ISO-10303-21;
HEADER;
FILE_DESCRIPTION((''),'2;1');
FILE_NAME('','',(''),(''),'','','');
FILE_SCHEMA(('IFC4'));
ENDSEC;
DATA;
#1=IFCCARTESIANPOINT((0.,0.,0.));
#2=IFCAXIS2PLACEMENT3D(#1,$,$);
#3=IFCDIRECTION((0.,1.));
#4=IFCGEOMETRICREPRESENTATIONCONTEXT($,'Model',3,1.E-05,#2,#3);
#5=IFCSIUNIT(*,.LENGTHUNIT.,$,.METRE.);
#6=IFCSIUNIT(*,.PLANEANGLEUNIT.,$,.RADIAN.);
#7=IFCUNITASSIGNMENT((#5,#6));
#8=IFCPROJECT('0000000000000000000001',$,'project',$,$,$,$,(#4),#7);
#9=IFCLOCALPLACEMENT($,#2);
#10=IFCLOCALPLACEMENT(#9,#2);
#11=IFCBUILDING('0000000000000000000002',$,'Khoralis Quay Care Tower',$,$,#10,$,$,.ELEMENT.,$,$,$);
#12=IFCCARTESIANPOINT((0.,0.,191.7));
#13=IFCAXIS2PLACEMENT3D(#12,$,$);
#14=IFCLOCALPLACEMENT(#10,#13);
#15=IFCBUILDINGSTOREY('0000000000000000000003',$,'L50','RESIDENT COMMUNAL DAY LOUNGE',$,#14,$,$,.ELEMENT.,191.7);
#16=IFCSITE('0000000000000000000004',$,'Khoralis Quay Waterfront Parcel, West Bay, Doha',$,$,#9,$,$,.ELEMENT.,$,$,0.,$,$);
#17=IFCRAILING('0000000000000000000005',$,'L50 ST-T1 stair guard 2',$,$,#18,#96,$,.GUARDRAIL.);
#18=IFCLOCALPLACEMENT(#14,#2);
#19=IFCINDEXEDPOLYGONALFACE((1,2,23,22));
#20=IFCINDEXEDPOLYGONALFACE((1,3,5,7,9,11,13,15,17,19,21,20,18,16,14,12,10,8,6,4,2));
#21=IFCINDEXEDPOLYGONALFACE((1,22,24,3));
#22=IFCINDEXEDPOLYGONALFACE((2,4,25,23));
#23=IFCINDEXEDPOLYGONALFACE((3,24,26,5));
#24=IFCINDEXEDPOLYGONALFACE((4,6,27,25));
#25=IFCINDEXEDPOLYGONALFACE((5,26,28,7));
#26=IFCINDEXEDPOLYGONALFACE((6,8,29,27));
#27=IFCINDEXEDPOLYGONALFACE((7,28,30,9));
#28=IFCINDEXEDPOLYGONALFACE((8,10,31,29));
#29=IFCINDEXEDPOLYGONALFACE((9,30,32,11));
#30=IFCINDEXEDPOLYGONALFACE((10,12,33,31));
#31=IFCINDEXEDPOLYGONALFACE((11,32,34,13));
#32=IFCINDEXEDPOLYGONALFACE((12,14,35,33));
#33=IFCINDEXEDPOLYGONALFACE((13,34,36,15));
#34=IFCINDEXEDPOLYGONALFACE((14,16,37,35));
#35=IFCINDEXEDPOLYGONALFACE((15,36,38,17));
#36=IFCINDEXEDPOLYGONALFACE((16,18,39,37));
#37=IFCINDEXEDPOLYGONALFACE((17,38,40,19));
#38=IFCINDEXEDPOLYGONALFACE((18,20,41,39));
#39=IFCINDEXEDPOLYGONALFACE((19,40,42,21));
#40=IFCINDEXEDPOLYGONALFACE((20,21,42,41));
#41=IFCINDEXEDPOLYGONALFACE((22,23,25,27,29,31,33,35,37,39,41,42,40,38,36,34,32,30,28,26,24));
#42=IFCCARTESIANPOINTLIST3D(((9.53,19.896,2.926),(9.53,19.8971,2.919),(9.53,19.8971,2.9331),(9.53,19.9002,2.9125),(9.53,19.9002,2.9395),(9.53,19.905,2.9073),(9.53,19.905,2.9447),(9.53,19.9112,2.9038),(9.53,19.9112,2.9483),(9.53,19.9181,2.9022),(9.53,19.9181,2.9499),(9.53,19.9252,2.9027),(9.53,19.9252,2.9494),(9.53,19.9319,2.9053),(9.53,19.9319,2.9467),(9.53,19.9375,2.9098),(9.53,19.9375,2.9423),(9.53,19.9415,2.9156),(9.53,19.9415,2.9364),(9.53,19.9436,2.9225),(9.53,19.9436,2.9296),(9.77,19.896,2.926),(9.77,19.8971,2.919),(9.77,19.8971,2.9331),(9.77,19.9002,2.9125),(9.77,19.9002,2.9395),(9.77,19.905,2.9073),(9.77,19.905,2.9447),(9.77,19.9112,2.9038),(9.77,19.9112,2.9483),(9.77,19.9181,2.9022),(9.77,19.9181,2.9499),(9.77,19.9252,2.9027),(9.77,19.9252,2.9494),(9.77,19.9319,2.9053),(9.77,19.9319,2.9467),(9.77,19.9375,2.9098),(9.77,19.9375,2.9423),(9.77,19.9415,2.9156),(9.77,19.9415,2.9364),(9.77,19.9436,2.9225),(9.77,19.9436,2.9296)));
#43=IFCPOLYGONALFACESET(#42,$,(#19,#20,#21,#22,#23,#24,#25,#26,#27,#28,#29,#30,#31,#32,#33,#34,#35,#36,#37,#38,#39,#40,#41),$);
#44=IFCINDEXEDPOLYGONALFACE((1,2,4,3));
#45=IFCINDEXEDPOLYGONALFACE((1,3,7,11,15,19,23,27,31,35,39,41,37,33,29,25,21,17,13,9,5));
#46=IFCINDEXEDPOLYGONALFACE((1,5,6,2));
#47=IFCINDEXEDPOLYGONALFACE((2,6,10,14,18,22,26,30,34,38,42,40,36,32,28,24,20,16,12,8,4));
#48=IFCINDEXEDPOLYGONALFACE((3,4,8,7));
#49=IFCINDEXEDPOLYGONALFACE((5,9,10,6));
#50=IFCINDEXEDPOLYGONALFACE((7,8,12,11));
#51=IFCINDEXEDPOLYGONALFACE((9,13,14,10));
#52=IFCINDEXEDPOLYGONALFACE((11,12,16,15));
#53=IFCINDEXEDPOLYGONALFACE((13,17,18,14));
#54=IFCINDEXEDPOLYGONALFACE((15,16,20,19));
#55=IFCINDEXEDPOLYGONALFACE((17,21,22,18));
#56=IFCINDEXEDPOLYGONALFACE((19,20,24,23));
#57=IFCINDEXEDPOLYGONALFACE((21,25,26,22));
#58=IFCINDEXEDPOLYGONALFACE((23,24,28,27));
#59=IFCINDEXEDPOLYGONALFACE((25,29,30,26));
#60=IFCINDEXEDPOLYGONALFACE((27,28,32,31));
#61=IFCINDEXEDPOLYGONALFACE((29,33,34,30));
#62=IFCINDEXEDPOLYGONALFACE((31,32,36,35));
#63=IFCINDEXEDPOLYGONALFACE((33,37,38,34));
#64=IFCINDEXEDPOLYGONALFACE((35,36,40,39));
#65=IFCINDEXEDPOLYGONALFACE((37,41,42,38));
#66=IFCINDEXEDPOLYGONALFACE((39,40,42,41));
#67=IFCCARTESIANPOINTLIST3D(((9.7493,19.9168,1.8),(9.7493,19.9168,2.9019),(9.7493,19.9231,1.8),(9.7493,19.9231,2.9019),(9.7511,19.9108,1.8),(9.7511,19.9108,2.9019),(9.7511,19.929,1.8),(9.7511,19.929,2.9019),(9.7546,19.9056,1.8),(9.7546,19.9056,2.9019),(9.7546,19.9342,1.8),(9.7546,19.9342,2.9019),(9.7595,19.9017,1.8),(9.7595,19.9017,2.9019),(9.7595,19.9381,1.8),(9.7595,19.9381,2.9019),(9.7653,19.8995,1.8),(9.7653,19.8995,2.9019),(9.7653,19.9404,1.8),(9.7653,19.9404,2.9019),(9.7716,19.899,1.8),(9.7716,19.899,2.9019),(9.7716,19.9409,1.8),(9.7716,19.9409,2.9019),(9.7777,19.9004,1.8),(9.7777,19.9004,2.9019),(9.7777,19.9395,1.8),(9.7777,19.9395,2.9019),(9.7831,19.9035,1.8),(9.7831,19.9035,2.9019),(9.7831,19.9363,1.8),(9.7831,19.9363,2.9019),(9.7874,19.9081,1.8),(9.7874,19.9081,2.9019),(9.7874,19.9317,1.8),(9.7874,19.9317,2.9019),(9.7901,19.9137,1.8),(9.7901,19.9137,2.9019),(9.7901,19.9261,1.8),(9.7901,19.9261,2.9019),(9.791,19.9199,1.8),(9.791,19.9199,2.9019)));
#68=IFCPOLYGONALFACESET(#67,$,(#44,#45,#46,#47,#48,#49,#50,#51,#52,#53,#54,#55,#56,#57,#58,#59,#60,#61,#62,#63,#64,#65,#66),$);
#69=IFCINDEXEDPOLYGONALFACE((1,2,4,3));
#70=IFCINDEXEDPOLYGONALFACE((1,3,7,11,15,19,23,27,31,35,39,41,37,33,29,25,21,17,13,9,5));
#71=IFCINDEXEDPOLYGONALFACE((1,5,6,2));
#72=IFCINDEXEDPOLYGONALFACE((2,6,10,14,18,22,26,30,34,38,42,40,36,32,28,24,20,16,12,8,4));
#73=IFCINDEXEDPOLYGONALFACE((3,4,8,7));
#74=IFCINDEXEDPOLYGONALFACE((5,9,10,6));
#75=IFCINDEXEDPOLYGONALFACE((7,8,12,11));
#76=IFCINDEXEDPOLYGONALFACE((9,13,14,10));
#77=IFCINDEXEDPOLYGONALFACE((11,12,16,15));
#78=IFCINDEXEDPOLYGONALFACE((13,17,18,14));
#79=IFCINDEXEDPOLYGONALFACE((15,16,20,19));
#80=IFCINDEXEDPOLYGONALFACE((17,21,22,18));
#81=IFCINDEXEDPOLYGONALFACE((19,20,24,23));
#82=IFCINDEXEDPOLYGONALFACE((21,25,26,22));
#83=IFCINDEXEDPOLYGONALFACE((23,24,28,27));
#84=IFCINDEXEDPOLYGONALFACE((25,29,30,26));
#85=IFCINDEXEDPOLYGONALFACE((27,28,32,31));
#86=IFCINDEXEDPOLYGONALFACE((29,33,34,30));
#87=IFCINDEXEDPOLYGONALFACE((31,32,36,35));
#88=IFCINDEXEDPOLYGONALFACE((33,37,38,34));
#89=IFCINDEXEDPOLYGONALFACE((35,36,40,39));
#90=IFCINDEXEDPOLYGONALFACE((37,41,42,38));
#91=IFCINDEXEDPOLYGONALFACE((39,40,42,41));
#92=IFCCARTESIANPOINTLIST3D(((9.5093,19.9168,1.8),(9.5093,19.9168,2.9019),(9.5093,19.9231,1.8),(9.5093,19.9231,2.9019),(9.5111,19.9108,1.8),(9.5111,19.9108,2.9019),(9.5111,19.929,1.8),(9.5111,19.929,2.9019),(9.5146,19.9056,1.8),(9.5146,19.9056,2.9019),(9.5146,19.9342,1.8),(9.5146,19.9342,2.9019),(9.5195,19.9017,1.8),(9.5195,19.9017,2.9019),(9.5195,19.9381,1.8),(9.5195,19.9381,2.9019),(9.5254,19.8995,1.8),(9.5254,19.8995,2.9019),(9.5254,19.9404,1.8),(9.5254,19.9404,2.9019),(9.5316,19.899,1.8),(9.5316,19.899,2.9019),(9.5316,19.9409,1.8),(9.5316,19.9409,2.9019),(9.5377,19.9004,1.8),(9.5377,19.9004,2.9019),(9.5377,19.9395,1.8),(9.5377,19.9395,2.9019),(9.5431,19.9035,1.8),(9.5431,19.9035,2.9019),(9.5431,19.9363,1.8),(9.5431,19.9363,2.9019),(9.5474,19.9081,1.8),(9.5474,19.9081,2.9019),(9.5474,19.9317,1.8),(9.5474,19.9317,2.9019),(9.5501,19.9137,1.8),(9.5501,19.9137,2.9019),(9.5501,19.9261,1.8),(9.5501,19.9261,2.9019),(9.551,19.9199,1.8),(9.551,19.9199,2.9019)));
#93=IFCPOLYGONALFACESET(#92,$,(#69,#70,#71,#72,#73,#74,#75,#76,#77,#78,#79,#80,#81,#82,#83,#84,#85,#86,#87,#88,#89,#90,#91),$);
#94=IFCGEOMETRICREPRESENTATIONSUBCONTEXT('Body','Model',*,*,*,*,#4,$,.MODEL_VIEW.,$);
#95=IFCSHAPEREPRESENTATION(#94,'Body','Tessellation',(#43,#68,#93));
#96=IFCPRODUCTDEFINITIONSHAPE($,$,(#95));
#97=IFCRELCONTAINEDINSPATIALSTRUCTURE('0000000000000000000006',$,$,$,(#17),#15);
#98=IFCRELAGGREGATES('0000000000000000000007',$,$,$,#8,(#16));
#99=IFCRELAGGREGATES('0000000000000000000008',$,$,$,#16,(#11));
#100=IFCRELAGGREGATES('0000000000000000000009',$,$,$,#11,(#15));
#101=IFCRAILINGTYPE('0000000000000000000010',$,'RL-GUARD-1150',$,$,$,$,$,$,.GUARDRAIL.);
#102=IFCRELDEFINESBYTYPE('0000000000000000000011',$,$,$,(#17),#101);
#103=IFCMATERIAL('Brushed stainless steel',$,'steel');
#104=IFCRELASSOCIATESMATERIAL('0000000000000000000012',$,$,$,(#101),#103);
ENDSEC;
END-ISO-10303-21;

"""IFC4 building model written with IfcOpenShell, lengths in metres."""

from ifc_helpers import new_model, si_unit, direction, frame, origin, origin_2d, place, context, subcontext, project, spatial, circle, extrude, material, type_object, element, save


model = new_model("IFC4")

# Units and contexts
model_context = context("Model", 3, precision=1e-05, world=origin(), true_north=direction((0.0, 1.0)))
body_context = subcontext(model_context, "Body", "Model", "MODEL_VIEW")
ifc_project = project(units=[si_unit("LENGTHUNIT", "METRE"), si_unit("PLANEANGLEUNIT", "RADIAN")], contexts=[model_context])

# Site, building, storey
site_placement = place(None, origin())
site = spatial("IfcSite", under=ifc_project, at=site_placement, Name="Khoralis Quay Waterfront Parcel, West Bay, Doha", CompositionType="ELEMENT", RefElevation=0.0)
building_placement = place(site_placement, origin())
building = spatial("IfcBuilding", under=site, at=building_placement, Name="Khoralis Quay Care Tower", CompositionType="ELEMENT")
storey_placement = place(building_placement, frame((0.0, 0.0, 191.7)))
storey = spatial("IfcBuildingStorey", under=building, at=storey_placement, Name="L50", Description="RESIDENT COMMUNAL DAY LOUNGE", CompositionType="ELEMENT", Elevation=191.7)

# Railing
ifc_material_1 = material(Name="Brushed stainless steel", Category="steel")
railing_type_1 = type_object("IfcRailingType", Name="RL-GUARD-1150", PredefinedType="GUARDRAIL", material=ifc_material_1)
railing_1_placement = place(storey_placement, frame((9.77, 19.9199, 1.8)))
element("IfcRailing", 1, at=railing_1_placement, inside=storey, type_object=railing_type_1, Name="L50 ST-T1 stair guard 2", PredefinedType="GUARDRAIL", context=body_context, shape_type="SweptSolid", body=[
    extrude(circle(Radius=0.0239, at=origin_2d()), frame((0.0, 0.0, 1.126), z_axis=(-1.0, 0.0, 0.0), x_axis=(0.0, -1.0, 0.0)), (0.0, 0.0, 1.0), 0.24),
    extrude(circle(Radius=0.021, at=origin_2d()), origin(), (0.0, 0.0, 1.0), 1.1018),
    extrude(circle(Radius=0.021, at=origin_2d()), frame((-0.24, 0.0, 0.0)), (0.0, 0.0, 1.0), 1.1018),
])

save(model, "model.ifc")
